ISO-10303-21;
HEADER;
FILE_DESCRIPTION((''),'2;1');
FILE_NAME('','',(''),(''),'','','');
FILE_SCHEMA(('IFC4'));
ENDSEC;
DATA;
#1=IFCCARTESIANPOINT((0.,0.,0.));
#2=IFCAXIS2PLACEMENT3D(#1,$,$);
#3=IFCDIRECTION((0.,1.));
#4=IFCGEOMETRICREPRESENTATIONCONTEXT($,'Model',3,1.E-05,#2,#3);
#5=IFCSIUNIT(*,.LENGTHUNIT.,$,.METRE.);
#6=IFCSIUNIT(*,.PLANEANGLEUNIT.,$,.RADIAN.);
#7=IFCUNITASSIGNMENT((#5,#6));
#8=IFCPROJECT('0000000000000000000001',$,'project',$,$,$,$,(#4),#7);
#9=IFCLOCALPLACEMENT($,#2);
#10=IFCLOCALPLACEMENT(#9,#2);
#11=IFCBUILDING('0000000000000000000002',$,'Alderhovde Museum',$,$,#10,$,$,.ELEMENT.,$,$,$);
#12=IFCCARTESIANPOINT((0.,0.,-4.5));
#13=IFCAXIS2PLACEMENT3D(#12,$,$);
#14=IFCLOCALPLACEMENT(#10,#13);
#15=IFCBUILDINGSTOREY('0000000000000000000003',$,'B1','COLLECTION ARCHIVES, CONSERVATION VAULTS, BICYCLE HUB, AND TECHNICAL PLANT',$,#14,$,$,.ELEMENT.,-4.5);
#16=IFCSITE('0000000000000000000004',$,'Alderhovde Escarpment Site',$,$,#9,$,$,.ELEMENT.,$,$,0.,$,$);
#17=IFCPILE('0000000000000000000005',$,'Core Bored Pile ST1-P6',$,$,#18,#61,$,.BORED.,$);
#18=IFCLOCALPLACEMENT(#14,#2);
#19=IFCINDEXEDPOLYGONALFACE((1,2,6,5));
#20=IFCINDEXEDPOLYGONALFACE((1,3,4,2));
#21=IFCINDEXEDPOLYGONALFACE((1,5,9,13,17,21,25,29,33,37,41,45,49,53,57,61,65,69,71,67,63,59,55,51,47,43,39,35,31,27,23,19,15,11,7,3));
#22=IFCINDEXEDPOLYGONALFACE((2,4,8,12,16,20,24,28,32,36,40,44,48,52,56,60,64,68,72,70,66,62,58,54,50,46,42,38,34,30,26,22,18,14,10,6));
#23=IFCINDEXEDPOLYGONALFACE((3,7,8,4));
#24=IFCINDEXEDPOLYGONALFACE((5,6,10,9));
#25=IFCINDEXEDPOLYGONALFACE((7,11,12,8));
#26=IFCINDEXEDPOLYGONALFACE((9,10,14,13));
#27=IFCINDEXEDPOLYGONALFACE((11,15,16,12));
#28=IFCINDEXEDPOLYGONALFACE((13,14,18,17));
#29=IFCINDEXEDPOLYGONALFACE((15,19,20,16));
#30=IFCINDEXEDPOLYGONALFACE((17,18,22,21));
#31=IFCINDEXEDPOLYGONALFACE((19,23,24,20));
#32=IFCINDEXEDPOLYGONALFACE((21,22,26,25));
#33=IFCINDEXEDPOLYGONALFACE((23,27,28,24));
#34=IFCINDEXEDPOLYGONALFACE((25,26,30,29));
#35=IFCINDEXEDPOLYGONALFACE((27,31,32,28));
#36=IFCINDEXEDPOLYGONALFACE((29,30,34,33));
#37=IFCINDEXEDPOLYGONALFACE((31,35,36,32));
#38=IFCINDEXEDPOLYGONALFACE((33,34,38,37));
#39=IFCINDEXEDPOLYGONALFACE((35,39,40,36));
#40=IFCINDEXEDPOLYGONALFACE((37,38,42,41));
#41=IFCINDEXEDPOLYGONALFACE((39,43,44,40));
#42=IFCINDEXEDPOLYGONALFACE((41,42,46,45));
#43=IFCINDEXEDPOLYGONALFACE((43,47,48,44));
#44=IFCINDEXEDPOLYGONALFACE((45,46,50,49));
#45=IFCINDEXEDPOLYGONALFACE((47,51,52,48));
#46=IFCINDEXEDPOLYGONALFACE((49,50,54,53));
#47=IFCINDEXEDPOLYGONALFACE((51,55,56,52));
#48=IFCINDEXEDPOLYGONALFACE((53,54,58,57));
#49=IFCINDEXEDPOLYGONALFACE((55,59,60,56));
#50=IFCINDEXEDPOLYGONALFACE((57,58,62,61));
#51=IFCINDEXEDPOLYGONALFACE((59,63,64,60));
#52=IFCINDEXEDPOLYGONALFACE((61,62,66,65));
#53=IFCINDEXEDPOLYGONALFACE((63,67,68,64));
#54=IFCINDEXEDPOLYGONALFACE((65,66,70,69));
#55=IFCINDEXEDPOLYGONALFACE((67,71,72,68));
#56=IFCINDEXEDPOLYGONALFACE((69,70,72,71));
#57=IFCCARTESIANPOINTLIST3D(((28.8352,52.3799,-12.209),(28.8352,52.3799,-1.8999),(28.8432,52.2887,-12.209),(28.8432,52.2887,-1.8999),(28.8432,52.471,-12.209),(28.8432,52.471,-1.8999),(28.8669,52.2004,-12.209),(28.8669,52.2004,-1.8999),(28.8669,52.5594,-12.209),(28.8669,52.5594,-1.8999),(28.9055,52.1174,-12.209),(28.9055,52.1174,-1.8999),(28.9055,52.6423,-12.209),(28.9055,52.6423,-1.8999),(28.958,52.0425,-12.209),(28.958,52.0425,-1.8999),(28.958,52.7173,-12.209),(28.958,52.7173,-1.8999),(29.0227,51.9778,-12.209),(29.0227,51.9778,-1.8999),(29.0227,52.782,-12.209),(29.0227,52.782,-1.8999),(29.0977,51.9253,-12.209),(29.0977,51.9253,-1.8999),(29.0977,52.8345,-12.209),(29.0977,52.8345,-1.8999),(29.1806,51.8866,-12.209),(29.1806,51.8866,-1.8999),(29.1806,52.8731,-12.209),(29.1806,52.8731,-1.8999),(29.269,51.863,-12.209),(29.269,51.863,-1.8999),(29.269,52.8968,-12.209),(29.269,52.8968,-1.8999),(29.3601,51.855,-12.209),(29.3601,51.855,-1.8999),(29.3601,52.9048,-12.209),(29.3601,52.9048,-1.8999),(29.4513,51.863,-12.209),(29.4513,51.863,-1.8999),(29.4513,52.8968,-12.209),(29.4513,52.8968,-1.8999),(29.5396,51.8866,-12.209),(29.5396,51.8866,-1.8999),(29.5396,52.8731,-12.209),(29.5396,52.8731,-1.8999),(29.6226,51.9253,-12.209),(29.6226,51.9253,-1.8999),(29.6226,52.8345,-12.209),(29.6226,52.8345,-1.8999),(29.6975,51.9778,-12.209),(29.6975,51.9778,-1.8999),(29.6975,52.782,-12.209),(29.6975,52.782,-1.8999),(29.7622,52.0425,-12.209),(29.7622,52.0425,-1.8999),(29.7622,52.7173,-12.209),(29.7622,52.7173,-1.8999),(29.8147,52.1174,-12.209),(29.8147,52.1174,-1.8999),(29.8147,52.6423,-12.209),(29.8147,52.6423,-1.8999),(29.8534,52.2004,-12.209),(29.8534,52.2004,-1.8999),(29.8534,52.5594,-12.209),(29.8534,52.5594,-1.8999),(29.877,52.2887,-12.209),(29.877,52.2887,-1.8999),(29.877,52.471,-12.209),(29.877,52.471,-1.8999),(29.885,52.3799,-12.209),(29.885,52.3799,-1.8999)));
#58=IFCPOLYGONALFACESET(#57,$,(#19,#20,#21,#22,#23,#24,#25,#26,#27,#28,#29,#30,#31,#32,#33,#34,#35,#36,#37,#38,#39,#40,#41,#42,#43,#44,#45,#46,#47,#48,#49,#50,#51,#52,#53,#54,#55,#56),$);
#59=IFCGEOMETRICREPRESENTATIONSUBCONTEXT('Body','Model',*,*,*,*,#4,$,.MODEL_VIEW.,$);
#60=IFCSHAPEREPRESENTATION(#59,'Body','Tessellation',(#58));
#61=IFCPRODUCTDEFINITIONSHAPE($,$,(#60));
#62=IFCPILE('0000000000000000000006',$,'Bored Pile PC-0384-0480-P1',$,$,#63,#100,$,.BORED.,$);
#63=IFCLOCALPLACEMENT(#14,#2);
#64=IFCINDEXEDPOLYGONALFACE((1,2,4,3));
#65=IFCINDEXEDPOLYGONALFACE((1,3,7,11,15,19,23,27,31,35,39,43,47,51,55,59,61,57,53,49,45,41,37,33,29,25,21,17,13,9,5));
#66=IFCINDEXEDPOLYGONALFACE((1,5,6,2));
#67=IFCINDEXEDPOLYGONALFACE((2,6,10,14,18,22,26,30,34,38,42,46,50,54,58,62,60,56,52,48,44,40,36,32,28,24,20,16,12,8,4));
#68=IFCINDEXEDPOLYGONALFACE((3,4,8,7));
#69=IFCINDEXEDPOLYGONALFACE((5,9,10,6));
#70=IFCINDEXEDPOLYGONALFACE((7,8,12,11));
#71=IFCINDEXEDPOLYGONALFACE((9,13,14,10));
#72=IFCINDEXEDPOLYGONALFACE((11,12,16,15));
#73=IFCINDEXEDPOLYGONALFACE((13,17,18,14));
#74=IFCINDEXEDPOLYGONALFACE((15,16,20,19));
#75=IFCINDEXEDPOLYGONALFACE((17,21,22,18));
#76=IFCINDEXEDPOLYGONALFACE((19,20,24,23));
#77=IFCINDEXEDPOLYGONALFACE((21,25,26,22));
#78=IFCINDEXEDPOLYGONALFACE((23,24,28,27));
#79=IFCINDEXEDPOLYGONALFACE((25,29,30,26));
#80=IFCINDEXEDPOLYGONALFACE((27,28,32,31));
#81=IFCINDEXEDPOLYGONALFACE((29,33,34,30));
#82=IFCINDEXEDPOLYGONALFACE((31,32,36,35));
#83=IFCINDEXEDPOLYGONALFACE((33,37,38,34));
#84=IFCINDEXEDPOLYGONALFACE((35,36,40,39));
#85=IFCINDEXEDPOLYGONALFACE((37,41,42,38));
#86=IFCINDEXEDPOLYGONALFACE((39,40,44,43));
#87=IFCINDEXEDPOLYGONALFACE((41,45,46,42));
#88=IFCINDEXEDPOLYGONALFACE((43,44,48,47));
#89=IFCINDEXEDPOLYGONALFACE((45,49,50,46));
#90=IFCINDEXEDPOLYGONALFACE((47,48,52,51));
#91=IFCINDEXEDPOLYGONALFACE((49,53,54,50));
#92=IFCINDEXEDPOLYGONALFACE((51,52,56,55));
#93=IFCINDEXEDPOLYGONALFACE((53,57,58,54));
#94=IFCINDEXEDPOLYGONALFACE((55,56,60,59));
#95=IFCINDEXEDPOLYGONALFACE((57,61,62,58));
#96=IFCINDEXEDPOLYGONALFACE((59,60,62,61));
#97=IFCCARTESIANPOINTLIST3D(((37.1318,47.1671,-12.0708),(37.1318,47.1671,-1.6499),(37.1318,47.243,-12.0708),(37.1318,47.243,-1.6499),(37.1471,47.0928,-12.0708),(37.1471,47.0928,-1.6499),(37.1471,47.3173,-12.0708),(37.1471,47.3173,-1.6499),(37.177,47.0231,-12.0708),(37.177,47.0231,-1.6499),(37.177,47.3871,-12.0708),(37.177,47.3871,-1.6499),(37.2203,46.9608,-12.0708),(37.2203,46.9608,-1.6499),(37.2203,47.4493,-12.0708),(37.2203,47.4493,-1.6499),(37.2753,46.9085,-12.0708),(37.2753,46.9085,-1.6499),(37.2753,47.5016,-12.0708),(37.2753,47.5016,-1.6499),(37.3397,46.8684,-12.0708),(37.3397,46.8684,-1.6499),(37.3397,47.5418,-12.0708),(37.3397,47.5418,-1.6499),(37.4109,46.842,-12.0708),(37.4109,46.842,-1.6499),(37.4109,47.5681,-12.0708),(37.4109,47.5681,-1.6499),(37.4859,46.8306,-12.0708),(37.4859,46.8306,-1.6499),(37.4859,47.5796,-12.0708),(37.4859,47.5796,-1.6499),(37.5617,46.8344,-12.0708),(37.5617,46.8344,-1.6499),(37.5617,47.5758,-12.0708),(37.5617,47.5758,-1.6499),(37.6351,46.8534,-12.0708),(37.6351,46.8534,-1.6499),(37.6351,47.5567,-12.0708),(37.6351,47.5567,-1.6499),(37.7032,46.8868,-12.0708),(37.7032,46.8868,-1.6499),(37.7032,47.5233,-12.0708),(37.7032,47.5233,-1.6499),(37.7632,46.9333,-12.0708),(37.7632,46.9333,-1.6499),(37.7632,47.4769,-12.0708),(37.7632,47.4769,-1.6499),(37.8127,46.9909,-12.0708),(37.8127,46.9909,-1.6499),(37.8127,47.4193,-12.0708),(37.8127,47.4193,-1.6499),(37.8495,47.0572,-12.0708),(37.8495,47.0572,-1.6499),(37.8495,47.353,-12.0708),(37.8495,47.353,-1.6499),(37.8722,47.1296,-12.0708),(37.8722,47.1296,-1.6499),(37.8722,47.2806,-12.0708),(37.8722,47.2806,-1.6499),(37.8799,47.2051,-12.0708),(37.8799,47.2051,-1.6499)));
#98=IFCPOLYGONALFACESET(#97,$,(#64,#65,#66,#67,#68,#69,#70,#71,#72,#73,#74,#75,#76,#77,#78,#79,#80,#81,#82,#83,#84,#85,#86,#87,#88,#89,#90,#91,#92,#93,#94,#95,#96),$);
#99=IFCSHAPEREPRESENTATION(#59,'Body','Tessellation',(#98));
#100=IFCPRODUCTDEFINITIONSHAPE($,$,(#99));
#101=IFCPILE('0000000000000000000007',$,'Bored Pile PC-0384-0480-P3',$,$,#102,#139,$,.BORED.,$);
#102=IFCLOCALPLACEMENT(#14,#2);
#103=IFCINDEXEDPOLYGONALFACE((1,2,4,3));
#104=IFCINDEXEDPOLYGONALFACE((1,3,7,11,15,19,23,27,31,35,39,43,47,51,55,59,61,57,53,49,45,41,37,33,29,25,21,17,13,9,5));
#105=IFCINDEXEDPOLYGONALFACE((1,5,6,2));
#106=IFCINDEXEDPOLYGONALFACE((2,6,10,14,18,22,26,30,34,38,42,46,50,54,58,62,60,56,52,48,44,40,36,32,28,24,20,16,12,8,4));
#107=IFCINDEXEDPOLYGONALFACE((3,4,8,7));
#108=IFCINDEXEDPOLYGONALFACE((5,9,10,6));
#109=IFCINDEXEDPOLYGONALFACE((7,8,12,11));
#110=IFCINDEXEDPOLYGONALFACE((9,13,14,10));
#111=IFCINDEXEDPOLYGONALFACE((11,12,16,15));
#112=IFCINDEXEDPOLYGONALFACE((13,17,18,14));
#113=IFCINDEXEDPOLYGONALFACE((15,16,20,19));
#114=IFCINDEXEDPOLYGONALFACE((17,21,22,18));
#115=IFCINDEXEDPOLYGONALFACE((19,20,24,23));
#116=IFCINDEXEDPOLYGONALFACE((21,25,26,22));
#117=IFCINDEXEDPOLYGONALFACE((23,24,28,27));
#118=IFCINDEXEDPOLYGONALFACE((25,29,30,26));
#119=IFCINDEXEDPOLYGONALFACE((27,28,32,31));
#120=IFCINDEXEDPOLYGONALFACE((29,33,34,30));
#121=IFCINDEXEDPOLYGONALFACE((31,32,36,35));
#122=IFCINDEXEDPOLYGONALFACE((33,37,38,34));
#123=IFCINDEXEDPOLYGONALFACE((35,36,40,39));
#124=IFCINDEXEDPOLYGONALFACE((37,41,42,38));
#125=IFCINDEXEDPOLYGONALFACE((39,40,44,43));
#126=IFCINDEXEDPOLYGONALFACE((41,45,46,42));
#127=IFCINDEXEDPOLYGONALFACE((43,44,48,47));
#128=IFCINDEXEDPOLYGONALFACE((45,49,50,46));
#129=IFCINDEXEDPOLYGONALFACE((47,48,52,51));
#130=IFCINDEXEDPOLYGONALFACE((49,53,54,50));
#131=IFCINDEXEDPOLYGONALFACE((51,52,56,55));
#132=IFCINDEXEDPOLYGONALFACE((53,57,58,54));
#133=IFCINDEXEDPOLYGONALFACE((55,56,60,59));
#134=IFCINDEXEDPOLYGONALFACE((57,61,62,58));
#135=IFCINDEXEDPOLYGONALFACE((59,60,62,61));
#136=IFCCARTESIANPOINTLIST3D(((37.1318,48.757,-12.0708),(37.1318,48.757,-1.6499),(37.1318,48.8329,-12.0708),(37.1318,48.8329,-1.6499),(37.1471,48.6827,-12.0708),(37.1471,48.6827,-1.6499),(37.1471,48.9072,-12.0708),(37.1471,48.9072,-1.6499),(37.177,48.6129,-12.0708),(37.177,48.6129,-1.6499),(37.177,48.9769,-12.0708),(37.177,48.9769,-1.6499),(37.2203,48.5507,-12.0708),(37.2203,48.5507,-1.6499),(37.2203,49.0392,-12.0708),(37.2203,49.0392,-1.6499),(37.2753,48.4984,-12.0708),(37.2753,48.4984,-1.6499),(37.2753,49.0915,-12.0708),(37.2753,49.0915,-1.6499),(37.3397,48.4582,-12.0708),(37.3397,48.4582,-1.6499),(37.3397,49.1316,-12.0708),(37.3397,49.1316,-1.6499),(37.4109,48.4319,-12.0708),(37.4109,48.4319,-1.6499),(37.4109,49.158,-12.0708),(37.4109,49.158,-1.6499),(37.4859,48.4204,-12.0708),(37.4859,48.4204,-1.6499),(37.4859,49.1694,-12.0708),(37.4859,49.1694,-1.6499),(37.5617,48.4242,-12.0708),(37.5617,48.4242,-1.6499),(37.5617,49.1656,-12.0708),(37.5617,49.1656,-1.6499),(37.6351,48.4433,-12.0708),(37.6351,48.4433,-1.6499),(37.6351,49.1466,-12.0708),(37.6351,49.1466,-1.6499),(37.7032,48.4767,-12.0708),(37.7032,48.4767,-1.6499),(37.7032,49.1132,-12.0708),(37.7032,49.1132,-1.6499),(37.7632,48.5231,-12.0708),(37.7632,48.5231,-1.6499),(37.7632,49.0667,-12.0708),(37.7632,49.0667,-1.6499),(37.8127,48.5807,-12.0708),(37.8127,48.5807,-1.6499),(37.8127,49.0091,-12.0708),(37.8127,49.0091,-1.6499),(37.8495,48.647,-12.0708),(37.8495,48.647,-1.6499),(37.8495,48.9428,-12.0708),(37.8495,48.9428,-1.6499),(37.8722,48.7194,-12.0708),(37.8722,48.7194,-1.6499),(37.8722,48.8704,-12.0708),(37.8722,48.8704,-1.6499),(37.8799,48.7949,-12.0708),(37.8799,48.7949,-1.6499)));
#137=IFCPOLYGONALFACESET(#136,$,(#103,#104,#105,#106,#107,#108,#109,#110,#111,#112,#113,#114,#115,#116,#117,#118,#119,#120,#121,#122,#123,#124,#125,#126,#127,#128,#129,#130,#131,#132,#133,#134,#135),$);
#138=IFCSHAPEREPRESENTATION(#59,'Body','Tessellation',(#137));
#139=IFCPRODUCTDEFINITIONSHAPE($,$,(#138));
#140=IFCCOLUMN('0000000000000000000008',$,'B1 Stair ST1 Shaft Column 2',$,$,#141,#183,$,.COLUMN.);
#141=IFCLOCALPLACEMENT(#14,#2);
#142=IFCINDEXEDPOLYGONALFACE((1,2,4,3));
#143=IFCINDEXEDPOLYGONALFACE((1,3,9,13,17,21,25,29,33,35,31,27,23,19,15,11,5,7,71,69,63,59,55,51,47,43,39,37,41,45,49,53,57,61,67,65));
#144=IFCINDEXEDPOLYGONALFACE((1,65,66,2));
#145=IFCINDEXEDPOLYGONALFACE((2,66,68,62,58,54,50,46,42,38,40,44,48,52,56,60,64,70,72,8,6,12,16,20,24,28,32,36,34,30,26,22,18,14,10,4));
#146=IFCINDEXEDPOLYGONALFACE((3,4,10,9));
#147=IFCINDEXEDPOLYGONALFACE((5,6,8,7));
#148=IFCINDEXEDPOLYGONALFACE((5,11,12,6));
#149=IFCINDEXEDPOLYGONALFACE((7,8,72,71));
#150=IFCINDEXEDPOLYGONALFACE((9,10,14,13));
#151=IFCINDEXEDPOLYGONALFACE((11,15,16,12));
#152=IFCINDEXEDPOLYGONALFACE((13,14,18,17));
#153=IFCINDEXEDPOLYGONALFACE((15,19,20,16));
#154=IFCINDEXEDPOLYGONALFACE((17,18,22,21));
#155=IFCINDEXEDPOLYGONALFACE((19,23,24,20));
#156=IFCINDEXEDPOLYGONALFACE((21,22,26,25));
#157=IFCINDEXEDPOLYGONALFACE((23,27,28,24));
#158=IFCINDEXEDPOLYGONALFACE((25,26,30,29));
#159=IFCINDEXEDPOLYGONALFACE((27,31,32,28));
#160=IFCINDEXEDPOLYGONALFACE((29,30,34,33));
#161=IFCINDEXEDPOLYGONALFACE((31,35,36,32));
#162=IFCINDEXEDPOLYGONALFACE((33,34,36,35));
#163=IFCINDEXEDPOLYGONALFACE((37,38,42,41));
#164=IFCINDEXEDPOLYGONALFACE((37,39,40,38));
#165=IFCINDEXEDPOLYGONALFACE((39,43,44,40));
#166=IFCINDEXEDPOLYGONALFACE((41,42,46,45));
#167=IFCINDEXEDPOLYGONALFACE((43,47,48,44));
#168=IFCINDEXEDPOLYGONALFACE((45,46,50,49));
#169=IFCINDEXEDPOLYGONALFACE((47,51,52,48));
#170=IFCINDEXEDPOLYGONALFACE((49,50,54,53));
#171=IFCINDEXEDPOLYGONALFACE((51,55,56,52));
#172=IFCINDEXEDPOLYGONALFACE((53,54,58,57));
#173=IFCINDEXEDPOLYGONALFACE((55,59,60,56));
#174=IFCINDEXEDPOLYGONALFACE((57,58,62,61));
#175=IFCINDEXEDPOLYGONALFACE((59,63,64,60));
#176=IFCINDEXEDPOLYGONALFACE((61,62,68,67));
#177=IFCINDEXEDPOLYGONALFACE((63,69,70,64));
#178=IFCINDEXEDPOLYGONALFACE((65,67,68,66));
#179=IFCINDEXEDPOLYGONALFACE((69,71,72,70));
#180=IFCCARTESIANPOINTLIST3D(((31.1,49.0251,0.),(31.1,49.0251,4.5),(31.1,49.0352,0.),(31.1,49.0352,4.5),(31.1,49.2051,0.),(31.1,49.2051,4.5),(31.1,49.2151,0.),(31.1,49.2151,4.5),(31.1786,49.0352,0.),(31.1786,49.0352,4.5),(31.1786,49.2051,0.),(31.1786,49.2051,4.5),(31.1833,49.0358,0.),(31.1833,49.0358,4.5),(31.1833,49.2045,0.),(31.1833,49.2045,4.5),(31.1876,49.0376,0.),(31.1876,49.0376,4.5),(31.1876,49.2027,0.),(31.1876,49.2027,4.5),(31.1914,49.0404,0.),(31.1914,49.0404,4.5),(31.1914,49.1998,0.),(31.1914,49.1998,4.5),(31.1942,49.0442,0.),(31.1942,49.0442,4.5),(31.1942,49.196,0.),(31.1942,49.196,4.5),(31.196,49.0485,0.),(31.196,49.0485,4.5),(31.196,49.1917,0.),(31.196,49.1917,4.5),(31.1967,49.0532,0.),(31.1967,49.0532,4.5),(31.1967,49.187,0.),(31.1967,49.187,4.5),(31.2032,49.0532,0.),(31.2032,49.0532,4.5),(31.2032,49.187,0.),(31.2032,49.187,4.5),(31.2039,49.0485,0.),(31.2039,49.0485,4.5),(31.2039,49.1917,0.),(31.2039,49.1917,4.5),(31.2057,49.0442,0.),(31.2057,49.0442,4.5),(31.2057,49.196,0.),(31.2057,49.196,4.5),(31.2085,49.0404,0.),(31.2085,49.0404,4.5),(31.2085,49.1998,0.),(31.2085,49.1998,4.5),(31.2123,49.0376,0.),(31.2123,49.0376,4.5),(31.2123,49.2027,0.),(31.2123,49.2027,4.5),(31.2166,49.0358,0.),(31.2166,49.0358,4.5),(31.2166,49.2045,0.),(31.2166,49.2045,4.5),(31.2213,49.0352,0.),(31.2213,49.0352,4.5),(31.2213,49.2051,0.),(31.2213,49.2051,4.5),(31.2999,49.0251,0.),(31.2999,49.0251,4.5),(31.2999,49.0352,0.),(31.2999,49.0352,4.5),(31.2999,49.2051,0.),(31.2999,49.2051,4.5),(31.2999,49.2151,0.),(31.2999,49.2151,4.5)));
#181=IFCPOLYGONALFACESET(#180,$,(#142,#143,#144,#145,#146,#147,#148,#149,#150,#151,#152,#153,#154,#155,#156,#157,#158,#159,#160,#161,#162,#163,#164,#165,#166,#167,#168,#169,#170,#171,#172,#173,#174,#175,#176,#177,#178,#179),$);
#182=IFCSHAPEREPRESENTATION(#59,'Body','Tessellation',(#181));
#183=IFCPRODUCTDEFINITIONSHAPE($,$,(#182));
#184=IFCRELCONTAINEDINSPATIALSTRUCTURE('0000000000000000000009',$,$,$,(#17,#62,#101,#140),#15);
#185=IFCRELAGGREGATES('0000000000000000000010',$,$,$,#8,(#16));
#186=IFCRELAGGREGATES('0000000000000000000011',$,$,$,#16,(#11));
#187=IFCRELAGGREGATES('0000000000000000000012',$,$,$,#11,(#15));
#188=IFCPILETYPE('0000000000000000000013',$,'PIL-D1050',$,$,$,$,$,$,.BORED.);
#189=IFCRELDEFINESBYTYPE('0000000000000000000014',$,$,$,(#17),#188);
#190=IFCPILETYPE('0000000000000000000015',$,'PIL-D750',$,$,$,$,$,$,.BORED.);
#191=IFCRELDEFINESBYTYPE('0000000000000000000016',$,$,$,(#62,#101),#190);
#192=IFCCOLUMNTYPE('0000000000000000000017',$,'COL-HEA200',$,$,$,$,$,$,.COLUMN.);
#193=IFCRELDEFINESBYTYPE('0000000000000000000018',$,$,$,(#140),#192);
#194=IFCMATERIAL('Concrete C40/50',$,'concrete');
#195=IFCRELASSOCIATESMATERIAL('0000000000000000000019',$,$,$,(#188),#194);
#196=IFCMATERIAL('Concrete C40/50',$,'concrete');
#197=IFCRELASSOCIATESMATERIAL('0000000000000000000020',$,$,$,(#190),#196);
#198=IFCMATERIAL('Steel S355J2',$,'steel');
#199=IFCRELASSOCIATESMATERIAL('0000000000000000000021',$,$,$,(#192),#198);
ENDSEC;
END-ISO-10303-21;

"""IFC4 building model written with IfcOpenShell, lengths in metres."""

from ifc_helpers import new_model, si_unit, direction, frame, origin, origin_2d, place, context, subcontext, project, spatial, circle, i_section, extrude, material, material_profile, profile_set, type_object, element, save


model = new_model("IFC4")

# Units and contexts
model_context = context("Model", 3, precision=1e-05, world=origin(), true_north=direction((0.0, 1.0)))
body_context = subcontext(model_context, "Body", "Model", "MODEL_VIEW")
ifc_project = project(units=[si_unit("LENGTHUNIT", "METRE"), si_unit("PLANEANGLEUNIT", "RADIAN")], contexts=[model_context])

# Site, building, storey
site_placement = place(None, origin())
site = spatial("IfcSite", under=ifc_project, at=site_placement, Name="Alderhovde Escarpment Site", CompositionType="ELEMENT", RefElevation=0.0)
building_placement = place(site_placement, origin())
building = spatial("IfcBuilding", under=site, at=building_placement, Name="Alderhovde Museum", CompositionType="ELEMENT")
storey_placement = place(building_placement, frame((0.0, 0.0, -4.5)))
storey = spatial("IfcBuildingStorey", under=building, at=storey_placement, Name="B1", Description="COLLECTION ARCHIVES, CONSERVATION VAULTS, BICYCLE HUB, AND TECHNICAL PLANT", CompositionType="ELEMENT", Elevation=-4.5)

# Piles
ifc_material_1 = material(Name="Concrete C40/50", Category="concrete")
ifc_material_profile_1 = material_profile(ifc_material_1, circle(Radius=0.5249, at=origin_2d()), Name="PILE-D1050")
ifc_profile_set_1 = profile_set([ifc_material_profile_1], Name="Concrete C40/50")
pile_type_1 = type_object("IfcPileType", Name="PIL-D1050", PredefinedType="BORED", material=ifc_profile_set_1)
for number, where, z_axis, x_axis, name in (
    (1, (29.3601, 52.3799, -1.8999), (0.0, 0.0, -1.0), (1.0, 0.0, 0.0), "Core Bored Pile ST1-P6"),
):
    element("IfcPile", number, at=place(storey_placement, frame(where, z_axis=z_axis, x_axis=x_axis)), inside=storey, type_object=pile_type_1, Name=name, PredefinedType="BORED", context=body_context, shape_type="SweptSolid", body=[
        extrude(circle(Radius=0.5249, at=origin_2d()), origin(), (0.0, 0.0, 1.0), 10.3091),
    ])
ifc_material_2 = material(Name="Concrete C40/50", Category="concrete")
ifc_material_profile_2 = material_profile(ifc_material_2, circle(Radius=0.375, at=origin_2d()), Name="PILE-D750")
ifc_profile_set_2 = profile_set([ifc_material_profile_2], Name="Concrete C40/50")
pile_type_2 = type_object("IfcPileType", Name="PIL-D750", PredefinedType="BORED", material=ifc_profile_set_2)
for number, where, z_axis, x_axis, name in (
    (2, (37.5049, 47.2051, -1.6499), (0.0, 0.0, -1.0), (1.0, 0.0, 0.0), "Bored Pile PC-0384-0480-P1"),
    (3, (37.5049, 48.7949, -1.6499), (0.0, 0.0, -1.0), (1.0, 0.0, 0.0), "Bored Pile PC-0384-0480-P3"),
):
    element("IfcPile", number, at=place(storey_placement, frame(where, z_axis=z_axis, x_axis=x_axis)), inside=storey, type_object=pile_type_2, Name=name, PredefinedType="BORED", context=body_context, shape_type="SweptSolid", body=[
        extrude(circle(Radius=0.375, at=origin_2d()), origin(), (0.0, 0.0, 1.0), 10.4209),
    ])

# Column
ifc_material_3 = material(Name="Steel S355J2", Category="steel")
ifc_material_profile_3 = material_profile(ifc_material_3, i_section(OverallWidth=0.2, OverallDepth=0.1899, WebThickness=0.0066, FlangeThickness=0.01, FilletRadius=0.0181, at=origin_2d()), Name="HEA 200")
ifc_profile_set_3 = profile_set([ifc_material_profile_3], Name="Steel S355J2")
column_type_1 = type_object("IfcColumnType", Name="COL-HEA200", PredefinedType="COLUMN", material=ifc_profile_set_3)
for number, where, z_axis, x_axis, name in (
    (4, (31.2, 49.1201, 0.0), (0.0, 0.0, 1.0), (1.0, 0.0, 0.0), "B1 Stair ST1 Shaft Column 2"),
):
    element("IfcColumn", number, at=place(storey_placement, frame(where, z_axis=z_axis, x_axis=x_axis)), inside=storey, type_object=column_type_1, Name=name, PredefinedType="COLUMN", context=body_context, shape_type="SweptSolid", body=[
        extrude(i_section(OverallWidth=0.2, OverallDepth=0.1899, WebThickness=0.0066, FlangeThickness=0.01, FilletRadius=0.0181, at=origin_2d()), origin(), (0.0, 0.0, 1.0), 4.5),
    ])

save(model, "model.ifc")
